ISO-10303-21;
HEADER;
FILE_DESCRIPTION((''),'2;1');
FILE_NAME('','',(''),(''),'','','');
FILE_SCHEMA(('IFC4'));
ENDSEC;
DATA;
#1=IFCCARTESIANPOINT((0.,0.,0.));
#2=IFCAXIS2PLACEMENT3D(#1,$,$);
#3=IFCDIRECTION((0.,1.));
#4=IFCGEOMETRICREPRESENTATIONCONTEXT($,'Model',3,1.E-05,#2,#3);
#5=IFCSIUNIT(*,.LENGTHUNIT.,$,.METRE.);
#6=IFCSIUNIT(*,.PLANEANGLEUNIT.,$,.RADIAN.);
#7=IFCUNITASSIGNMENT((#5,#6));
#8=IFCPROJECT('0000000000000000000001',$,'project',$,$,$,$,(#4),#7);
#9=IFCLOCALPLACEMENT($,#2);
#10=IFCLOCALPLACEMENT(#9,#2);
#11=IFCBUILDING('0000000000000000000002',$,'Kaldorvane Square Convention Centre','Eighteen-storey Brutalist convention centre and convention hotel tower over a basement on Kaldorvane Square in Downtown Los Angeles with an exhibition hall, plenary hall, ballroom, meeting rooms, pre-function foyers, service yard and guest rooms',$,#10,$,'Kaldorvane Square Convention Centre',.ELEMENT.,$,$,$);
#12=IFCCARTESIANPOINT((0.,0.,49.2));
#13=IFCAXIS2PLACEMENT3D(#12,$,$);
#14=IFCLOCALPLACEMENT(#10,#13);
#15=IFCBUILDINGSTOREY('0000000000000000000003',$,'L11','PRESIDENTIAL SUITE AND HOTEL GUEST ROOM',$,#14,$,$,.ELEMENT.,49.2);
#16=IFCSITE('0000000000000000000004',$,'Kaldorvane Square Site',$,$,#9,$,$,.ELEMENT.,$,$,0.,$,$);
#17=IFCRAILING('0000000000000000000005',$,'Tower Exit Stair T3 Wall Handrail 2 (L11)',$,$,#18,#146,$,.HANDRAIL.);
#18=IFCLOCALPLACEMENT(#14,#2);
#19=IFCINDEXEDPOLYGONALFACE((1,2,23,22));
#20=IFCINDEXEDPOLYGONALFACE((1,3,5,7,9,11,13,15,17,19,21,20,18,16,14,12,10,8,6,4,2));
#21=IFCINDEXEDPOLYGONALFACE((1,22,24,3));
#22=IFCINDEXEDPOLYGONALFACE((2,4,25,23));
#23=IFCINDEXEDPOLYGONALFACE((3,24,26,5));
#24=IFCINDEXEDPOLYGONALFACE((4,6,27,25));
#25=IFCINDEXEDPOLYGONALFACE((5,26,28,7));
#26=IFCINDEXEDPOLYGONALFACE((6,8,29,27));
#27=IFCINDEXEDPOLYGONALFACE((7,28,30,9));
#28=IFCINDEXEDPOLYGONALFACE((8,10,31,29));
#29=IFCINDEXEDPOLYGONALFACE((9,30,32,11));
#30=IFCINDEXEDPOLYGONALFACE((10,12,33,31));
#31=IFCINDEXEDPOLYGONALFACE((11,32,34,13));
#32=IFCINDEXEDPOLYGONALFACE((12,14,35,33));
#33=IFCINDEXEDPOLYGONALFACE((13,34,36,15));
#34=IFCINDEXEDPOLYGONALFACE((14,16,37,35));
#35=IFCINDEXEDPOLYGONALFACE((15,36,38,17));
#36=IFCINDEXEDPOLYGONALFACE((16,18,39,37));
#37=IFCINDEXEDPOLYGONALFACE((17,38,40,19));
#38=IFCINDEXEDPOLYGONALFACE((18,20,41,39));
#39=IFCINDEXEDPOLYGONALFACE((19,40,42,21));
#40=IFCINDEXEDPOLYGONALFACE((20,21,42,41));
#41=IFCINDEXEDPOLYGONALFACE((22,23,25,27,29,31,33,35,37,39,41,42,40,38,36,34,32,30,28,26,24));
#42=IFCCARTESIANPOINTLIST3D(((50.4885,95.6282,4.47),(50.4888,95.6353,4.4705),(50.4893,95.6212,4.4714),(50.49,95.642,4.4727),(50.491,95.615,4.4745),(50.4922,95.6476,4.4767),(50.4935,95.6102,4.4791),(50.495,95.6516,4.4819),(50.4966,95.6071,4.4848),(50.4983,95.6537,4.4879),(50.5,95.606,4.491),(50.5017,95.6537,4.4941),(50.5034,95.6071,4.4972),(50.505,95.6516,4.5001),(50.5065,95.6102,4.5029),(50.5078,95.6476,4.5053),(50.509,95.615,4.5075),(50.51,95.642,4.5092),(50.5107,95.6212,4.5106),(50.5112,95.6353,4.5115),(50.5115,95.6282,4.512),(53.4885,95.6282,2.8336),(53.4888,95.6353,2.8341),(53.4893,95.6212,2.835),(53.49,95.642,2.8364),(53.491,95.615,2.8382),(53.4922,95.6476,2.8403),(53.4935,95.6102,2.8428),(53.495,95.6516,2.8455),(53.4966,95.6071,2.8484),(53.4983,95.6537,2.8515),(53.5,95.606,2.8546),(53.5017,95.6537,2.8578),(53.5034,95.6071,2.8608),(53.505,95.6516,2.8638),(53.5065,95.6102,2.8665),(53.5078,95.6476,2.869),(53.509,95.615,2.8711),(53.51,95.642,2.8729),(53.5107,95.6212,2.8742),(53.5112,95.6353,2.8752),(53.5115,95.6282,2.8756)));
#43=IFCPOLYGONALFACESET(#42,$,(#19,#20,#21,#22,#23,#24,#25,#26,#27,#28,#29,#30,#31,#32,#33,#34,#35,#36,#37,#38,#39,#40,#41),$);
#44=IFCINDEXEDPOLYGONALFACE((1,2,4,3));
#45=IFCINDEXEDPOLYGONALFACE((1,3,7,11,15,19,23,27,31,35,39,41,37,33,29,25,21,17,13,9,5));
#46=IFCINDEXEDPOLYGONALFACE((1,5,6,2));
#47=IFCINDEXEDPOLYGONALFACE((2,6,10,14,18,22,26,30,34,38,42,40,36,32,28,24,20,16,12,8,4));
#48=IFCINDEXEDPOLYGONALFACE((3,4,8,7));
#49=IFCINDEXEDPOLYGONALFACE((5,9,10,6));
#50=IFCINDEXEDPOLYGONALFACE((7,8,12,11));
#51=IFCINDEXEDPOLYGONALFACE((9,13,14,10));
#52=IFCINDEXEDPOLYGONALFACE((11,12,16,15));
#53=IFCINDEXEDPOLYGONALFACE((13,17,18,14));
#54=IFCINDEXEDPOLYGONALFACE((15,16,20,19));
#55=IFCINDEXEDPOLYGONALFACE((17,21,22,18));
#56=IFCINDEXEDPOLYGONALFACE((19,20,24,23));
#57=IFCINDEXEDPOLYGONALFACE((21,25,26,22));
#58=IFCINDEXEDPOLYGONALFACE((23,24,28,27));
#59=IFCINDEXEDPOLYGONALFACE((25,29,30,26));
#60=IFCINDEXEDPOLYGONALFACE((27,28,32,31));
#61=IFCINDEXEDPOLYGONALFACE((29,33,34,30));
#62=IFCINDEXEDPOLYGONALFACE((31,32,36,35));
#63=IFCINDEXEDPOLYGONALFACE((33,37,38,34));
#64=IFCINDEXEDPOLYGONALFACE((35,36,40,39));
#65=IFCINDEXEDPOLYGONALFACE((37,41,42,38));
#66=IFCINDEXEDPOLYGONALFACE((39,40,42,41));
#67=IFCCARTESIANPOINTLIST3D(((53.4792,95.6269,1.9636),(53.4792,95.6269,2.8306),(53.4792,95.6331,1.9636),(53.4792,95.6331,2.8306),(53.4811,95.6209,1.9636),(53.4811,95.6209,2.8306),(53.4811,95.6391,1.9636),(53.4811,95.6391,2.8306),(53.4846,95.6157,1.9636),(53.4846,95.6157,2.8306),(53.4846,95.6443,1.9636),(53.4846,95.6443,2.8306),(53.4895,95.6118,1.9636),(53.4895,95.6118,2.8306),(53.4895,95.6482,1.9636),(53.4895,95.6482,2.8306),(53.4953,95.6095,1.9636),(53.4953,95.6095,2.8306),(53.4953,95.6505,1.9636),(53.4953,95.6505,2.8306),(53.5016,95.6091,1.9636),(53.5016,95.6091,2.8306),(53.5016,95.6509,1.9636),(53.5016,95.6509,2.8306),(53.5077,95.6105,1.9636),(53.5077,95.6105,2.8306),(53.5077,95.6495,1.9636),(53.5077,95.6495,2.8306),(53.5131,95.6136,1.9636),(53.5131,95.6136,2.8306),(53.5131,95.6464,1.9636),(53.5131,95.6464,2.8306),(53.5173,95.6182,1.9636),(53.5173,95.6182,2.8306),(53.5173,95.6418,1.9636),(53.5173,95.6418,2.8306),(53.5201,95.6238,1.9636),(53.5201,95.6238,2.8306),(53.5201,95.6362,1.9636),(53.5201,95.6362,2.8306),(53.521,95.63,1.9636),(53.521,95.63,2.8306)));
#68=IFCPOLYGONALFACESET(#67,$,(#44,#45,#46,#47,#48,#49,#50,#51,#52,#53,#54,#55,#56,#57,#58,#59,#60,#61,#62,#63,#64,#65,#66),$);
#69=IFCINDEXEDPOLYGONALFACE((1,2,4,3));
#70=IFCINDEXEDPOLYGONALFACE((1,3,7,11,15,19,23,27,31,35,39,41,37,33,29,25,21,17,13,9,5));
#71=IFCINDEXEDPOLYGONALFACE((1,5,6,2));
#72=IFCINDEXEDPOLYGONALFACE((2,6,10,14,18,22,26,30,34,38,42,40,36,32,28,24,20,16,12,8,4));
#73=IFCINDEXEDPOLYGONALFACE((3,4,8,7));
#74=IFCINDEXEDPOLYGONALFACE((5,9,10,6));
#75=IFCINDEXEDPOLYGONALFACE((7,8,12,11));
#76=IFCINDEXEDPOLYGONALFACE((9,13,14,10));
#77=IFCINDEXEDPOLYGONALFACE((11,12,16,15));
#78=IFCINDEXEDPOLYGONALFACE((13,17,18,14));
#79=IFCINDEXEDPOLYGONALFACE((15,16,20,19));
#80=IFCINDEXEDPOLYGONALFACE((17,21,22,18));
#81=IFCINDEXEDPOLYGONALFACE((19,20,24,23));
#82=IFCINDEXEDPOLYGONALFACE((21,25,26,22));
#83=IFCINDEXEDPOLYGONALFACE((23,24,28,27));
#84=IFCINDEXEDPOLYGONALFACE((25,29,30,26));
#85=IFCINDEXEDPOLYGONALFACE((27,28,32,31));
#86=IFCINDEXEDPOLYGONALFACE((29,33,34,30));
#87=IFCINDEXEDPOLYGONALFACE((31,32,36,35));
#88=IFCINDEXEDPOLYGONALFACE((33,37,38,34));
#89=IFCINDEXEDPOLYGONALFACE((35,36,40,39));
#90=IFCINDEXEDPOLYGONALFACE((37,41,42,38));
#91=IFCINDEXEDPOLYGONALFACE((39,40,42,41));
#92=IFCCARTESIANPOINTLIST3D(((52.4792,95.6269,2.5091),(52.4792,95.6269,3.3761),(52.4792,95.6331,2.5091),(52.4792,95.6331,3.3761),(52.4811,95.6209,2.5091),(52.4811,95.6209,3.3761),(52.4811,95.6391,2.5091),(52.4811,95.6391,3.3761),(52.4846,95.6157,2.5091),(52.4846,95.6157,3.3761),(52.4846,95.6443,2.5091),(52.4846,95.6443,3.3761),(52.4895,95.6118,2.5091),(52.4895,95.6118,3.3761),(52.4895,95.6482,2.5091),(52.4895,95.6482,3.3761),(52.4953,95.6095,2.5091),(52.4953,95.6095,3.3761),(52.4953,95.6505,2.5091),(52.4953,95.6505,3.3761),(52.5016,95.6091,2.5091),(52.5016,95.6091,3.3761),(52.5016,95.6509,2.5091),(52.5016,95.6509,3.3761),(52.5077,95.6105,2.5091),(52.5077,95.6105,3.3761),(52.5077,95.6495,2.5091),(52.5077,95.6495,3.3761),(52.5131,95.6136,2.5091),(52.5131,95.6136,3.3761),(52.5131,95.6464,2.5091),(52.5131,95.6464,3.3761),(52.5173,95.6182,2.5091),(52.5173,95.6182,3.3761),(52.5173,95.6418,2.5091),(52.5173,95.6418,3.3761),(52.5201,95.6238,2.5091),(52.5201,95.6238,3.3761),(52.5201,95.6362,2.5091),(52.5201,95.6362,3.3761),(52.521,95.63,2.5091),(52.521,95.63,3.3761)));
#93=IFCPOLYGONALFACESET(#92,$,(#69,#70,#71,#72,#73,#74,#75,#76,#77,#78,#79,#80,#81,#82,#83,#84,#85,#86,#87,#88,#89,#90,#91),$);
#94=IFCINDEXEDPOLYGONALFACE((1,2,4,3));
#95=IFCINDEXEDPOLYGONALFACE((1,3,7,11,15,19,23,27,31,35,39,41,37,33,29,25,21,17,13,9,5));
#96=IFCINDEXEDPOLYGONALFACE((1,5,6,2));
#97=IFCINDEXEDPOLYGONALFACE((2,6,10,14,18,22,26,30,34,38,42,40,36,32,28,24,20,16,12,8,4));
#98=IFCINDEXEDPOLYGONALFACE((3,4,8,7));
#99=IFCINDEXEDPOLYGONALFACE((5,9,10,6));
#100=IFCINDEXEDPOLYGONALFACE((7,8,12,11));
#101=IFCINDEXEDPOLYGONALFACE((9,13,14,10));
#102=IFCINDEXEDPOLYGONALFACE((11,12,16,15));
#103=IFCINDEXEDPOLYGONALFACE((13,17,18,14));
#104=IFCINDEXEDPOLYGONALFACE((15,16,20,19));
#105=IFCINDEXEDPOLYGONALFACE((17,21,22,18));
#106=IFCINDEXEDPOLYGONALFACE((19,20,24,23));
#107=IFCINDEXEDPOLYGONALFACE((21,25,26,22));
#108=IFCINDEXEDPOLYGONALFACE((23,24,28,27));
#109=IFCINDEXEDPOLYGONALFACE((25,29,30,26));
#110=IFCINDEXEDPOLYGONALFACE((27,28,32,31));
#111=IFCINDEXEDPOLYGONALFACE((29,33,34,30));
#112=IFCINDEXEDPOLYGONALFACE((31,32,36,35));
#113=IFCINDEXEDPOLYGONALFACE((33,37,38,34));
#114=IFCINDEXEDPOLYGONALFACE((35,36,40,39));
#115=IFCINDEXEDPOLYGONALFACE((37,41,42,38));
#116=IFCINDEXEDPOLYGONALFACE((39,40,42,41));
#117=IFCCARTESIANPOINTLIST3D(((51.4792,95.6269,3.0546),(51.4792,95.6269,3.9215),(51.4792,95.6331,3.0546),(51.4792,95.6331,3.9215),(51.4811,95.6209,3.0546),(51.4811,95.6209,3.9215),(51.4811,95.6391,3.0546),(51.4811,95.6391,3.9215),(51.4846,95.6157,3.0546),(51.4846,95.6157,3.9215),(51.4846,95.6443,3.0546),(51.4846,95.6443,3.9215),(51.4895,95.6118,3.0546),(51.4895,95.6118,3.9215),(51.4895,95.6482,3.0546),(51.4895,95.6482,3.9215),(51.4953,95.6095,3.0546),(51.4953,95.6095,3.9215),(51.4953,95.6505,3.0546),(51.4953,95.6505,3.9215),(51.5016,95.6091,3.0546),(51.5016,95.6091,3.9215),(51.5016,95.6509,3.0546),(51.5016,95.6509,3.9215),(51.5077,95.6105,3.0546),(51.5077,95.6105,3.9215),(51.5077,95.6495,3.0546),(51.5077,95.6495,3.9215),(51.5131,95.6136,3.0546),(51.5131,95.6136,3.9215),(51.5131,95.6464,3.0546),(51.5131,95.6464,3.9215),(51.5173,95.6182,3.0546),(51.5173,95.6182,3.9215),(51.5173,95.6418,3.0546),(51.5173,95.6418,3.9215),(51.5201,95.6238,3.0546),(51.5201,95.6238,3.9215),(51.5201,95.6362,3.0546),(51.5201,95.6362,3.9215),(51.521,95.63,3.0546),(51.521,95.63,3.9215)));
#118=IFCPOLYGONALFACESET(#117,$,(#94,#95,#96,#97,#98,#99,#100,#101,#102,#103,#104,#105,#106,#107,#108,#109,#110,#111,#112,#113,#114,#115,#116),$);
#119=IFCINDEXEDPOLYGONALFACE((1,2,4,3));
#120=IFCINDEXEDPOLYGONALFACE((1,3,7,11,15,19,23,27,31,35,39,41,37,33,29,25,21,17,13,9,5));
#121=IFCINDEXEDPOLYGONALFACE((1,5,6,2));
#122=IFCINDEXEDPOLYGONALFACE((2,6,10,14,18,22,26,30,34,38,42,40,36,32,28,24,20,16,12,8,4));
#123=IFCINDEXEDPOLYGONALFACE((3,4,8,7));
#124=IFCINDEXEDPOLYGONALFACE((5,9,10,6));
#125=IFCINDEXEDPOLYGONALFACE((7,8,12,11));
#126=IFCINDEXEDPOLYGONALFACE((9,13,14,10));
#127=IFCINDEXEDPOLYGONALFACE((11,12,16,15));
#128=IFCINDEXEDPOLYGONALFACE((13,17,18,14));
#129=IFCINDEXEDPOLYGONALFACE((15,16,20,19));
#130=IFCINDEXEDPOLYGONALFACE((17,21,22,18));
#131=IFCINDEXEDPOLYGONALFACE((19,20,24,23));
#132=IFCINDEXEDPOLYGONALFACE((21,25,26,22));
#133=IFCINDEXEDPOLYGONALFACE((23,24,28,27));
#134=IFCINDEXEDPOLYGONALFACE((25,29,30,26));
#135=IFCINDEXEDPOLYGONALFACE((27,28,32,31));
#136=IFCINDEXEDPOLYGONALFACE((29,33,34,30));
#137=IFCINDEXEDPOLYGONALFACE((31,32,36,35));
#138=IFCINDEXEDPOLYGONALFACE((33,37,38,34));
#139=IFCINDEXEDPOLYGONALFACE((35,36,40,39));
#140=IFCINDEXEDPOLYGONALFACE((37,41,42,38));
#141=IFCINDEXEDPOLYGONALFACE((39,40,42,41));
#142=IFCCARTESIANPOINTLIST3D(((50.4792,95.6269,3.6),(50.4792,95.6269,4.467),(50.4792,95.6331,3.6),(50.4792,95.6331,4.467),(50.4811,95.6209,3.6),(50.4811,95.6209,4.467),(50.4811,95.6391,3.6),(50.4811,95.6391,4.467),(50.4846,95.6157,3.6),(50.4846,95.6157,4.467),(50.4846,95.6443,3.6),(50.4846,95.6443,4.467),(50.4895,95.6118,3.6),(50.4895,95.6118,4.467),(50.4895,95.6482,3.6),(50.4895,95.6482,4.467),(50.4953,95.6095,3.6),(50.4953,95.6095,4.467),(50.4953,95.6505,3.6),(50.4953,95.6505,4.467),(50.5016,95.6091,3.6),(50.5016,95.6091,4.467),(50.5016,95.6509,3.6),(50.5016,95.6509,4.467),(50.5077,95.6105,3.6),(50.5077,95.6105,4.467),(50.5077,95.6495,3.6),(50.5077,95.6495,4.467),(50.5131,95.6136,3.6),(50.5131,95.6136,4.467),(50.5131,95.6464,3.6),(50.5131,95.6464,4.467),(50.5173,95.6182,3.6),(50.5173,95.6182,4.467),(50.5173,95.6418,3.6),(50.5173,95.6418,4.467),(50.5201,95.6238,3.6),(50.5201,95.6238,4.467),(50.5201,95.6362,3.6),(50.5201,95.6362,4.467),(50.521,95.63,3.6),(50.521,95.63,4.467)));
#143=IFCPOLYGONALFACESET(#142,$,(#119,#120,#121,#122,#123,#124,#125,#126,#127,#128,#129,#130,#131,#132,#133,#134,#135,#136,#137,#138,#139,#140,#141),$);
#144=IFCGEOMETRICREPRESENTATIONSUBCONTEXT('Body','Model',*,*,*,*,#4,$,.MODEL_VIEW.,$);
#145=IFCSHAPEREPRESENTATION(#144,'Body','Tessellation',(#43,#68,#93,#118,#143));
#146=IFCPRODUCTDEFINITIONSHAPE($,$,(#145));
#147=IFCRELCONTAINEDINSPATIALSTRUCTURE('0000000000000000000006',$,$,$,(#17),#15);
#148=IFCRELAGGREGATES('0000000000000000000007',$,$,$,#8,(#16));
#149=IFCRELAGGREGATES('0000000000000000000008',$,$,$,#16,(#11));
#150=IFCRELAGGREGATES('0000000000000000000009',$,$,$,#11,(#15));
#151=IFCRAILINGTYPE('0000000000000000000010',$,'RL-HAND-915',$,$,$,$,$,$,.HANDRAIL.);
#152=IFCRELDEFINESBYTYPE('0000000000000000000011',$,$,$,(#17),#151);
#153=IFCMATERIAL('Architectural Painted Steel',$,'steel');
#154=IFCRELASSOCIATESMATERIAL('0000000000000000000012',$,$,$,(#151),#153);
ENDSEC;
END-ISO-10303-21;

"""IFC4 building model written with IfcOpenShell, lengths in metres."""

from ifc_helpers import new_model, si_unit, direction, frame, origin, origin_2d, place, context, subcontext, project, spatial, circle, extrude, material, type_object, element, save


model = new_model("IFC4")

# Units and contexts
model_context = context("Model", 3, precision=1e-05, world=origin(), true_north=direction((0.0, 1.0)))
body_context = subcontext(model_context, "Body", "Model", "MODEL_VIEW")
ifc_project = project(units=[si_unit("LENGTHUNIT", "METRE"), si_unit("PLANEANGLEUNIT", "RADIAN")], contexts=[model_context])

# Site, building, storey
site_placement = place(None, origin())
site = spatial("IfcSite", under=ifc_project, at=site_placement, Name="Kaldorvane Square Site", CompositionType="ELEMENT", RefElevation=0.0)
building_placement = place(site_placement, origin())
building = spatial("IfcBuilding", under=site, at=building_placement, Name="Kaldorvane Square Convention Centre", Description="Eighteen-storey Brutalist convention centre and convention hotel tower over a basement on Kaldorvane Square in Downtown Los Angeles with an exhibition hall, plenary hall, ballroom, meeting rooms, pre-function foyers, service yard and guest rooms", LongName="Kaldorvane Square Convention Centre", CompositionType="ELEMENT")
storey_placement = place(building_placement, frame((0.0, 0.0, 49.2)))
storey = spatial("IfcBuildingStorey", under=building, at=storey_placement, Name="L11", Description="PRESIDENTIAL SUITE AND HOTEL GUEST ROOM", CompositionType="ELEMENT", Elevation=49.2)

# Railing
ifc_material_1 = material(Name="Architectural Painted Steel", Category="steel")
railing_type_1 = type_object("IfcRailingType", Name="RL-HAND-915", PredefinedType="HANDRAIL", material=ifc_material_1)
railing_1_placement = place(storey_placement, frame((53.5, 95.63, 1.9636)))
element("IfcRailing", 1, at=railing_1_placement, inside=storey, type_object=railing_type_1, Name="Tower Exit Stair T3 Wall Handrail 2 (L11)", PredefinedType="HANDRAIL", context=body_context, shape_type="SweptSolid", body=[
    extrude(circle(Radius=0.024, at=origin_2d()), frame((0.0, 0.0, 0.891), z_axis=(-0.877895, 0.0, 0.478853), x_axis=(0.0, -1.0, 0.0)), (0.0, 0.0, 1.0), 3.4173),
    extrude(circle(Radius=0.021, at=origin_2d()), origin(), (0.0, 0.0, 1.0), 0.867),
    extrude(circle(Radius=0.021, at=origin_2d()), frame((-1.0, 0.0, 0.5455)), (0.0, 0.0, 1.0), 0.867),
    extrude(circle(Radius=0.021, at=origin_2d()), frame((-2.0, 0.0, 1.0909)), (0.0, 0.0, 1.0), 0.867),
    extrude(circle(Radius=0.021, at=origin_2d()), frame((-3.0, 0.0, 1.6364)), (0.0, 0.0, 1.0), 0.867),
])

save(model, "model.ifc")
